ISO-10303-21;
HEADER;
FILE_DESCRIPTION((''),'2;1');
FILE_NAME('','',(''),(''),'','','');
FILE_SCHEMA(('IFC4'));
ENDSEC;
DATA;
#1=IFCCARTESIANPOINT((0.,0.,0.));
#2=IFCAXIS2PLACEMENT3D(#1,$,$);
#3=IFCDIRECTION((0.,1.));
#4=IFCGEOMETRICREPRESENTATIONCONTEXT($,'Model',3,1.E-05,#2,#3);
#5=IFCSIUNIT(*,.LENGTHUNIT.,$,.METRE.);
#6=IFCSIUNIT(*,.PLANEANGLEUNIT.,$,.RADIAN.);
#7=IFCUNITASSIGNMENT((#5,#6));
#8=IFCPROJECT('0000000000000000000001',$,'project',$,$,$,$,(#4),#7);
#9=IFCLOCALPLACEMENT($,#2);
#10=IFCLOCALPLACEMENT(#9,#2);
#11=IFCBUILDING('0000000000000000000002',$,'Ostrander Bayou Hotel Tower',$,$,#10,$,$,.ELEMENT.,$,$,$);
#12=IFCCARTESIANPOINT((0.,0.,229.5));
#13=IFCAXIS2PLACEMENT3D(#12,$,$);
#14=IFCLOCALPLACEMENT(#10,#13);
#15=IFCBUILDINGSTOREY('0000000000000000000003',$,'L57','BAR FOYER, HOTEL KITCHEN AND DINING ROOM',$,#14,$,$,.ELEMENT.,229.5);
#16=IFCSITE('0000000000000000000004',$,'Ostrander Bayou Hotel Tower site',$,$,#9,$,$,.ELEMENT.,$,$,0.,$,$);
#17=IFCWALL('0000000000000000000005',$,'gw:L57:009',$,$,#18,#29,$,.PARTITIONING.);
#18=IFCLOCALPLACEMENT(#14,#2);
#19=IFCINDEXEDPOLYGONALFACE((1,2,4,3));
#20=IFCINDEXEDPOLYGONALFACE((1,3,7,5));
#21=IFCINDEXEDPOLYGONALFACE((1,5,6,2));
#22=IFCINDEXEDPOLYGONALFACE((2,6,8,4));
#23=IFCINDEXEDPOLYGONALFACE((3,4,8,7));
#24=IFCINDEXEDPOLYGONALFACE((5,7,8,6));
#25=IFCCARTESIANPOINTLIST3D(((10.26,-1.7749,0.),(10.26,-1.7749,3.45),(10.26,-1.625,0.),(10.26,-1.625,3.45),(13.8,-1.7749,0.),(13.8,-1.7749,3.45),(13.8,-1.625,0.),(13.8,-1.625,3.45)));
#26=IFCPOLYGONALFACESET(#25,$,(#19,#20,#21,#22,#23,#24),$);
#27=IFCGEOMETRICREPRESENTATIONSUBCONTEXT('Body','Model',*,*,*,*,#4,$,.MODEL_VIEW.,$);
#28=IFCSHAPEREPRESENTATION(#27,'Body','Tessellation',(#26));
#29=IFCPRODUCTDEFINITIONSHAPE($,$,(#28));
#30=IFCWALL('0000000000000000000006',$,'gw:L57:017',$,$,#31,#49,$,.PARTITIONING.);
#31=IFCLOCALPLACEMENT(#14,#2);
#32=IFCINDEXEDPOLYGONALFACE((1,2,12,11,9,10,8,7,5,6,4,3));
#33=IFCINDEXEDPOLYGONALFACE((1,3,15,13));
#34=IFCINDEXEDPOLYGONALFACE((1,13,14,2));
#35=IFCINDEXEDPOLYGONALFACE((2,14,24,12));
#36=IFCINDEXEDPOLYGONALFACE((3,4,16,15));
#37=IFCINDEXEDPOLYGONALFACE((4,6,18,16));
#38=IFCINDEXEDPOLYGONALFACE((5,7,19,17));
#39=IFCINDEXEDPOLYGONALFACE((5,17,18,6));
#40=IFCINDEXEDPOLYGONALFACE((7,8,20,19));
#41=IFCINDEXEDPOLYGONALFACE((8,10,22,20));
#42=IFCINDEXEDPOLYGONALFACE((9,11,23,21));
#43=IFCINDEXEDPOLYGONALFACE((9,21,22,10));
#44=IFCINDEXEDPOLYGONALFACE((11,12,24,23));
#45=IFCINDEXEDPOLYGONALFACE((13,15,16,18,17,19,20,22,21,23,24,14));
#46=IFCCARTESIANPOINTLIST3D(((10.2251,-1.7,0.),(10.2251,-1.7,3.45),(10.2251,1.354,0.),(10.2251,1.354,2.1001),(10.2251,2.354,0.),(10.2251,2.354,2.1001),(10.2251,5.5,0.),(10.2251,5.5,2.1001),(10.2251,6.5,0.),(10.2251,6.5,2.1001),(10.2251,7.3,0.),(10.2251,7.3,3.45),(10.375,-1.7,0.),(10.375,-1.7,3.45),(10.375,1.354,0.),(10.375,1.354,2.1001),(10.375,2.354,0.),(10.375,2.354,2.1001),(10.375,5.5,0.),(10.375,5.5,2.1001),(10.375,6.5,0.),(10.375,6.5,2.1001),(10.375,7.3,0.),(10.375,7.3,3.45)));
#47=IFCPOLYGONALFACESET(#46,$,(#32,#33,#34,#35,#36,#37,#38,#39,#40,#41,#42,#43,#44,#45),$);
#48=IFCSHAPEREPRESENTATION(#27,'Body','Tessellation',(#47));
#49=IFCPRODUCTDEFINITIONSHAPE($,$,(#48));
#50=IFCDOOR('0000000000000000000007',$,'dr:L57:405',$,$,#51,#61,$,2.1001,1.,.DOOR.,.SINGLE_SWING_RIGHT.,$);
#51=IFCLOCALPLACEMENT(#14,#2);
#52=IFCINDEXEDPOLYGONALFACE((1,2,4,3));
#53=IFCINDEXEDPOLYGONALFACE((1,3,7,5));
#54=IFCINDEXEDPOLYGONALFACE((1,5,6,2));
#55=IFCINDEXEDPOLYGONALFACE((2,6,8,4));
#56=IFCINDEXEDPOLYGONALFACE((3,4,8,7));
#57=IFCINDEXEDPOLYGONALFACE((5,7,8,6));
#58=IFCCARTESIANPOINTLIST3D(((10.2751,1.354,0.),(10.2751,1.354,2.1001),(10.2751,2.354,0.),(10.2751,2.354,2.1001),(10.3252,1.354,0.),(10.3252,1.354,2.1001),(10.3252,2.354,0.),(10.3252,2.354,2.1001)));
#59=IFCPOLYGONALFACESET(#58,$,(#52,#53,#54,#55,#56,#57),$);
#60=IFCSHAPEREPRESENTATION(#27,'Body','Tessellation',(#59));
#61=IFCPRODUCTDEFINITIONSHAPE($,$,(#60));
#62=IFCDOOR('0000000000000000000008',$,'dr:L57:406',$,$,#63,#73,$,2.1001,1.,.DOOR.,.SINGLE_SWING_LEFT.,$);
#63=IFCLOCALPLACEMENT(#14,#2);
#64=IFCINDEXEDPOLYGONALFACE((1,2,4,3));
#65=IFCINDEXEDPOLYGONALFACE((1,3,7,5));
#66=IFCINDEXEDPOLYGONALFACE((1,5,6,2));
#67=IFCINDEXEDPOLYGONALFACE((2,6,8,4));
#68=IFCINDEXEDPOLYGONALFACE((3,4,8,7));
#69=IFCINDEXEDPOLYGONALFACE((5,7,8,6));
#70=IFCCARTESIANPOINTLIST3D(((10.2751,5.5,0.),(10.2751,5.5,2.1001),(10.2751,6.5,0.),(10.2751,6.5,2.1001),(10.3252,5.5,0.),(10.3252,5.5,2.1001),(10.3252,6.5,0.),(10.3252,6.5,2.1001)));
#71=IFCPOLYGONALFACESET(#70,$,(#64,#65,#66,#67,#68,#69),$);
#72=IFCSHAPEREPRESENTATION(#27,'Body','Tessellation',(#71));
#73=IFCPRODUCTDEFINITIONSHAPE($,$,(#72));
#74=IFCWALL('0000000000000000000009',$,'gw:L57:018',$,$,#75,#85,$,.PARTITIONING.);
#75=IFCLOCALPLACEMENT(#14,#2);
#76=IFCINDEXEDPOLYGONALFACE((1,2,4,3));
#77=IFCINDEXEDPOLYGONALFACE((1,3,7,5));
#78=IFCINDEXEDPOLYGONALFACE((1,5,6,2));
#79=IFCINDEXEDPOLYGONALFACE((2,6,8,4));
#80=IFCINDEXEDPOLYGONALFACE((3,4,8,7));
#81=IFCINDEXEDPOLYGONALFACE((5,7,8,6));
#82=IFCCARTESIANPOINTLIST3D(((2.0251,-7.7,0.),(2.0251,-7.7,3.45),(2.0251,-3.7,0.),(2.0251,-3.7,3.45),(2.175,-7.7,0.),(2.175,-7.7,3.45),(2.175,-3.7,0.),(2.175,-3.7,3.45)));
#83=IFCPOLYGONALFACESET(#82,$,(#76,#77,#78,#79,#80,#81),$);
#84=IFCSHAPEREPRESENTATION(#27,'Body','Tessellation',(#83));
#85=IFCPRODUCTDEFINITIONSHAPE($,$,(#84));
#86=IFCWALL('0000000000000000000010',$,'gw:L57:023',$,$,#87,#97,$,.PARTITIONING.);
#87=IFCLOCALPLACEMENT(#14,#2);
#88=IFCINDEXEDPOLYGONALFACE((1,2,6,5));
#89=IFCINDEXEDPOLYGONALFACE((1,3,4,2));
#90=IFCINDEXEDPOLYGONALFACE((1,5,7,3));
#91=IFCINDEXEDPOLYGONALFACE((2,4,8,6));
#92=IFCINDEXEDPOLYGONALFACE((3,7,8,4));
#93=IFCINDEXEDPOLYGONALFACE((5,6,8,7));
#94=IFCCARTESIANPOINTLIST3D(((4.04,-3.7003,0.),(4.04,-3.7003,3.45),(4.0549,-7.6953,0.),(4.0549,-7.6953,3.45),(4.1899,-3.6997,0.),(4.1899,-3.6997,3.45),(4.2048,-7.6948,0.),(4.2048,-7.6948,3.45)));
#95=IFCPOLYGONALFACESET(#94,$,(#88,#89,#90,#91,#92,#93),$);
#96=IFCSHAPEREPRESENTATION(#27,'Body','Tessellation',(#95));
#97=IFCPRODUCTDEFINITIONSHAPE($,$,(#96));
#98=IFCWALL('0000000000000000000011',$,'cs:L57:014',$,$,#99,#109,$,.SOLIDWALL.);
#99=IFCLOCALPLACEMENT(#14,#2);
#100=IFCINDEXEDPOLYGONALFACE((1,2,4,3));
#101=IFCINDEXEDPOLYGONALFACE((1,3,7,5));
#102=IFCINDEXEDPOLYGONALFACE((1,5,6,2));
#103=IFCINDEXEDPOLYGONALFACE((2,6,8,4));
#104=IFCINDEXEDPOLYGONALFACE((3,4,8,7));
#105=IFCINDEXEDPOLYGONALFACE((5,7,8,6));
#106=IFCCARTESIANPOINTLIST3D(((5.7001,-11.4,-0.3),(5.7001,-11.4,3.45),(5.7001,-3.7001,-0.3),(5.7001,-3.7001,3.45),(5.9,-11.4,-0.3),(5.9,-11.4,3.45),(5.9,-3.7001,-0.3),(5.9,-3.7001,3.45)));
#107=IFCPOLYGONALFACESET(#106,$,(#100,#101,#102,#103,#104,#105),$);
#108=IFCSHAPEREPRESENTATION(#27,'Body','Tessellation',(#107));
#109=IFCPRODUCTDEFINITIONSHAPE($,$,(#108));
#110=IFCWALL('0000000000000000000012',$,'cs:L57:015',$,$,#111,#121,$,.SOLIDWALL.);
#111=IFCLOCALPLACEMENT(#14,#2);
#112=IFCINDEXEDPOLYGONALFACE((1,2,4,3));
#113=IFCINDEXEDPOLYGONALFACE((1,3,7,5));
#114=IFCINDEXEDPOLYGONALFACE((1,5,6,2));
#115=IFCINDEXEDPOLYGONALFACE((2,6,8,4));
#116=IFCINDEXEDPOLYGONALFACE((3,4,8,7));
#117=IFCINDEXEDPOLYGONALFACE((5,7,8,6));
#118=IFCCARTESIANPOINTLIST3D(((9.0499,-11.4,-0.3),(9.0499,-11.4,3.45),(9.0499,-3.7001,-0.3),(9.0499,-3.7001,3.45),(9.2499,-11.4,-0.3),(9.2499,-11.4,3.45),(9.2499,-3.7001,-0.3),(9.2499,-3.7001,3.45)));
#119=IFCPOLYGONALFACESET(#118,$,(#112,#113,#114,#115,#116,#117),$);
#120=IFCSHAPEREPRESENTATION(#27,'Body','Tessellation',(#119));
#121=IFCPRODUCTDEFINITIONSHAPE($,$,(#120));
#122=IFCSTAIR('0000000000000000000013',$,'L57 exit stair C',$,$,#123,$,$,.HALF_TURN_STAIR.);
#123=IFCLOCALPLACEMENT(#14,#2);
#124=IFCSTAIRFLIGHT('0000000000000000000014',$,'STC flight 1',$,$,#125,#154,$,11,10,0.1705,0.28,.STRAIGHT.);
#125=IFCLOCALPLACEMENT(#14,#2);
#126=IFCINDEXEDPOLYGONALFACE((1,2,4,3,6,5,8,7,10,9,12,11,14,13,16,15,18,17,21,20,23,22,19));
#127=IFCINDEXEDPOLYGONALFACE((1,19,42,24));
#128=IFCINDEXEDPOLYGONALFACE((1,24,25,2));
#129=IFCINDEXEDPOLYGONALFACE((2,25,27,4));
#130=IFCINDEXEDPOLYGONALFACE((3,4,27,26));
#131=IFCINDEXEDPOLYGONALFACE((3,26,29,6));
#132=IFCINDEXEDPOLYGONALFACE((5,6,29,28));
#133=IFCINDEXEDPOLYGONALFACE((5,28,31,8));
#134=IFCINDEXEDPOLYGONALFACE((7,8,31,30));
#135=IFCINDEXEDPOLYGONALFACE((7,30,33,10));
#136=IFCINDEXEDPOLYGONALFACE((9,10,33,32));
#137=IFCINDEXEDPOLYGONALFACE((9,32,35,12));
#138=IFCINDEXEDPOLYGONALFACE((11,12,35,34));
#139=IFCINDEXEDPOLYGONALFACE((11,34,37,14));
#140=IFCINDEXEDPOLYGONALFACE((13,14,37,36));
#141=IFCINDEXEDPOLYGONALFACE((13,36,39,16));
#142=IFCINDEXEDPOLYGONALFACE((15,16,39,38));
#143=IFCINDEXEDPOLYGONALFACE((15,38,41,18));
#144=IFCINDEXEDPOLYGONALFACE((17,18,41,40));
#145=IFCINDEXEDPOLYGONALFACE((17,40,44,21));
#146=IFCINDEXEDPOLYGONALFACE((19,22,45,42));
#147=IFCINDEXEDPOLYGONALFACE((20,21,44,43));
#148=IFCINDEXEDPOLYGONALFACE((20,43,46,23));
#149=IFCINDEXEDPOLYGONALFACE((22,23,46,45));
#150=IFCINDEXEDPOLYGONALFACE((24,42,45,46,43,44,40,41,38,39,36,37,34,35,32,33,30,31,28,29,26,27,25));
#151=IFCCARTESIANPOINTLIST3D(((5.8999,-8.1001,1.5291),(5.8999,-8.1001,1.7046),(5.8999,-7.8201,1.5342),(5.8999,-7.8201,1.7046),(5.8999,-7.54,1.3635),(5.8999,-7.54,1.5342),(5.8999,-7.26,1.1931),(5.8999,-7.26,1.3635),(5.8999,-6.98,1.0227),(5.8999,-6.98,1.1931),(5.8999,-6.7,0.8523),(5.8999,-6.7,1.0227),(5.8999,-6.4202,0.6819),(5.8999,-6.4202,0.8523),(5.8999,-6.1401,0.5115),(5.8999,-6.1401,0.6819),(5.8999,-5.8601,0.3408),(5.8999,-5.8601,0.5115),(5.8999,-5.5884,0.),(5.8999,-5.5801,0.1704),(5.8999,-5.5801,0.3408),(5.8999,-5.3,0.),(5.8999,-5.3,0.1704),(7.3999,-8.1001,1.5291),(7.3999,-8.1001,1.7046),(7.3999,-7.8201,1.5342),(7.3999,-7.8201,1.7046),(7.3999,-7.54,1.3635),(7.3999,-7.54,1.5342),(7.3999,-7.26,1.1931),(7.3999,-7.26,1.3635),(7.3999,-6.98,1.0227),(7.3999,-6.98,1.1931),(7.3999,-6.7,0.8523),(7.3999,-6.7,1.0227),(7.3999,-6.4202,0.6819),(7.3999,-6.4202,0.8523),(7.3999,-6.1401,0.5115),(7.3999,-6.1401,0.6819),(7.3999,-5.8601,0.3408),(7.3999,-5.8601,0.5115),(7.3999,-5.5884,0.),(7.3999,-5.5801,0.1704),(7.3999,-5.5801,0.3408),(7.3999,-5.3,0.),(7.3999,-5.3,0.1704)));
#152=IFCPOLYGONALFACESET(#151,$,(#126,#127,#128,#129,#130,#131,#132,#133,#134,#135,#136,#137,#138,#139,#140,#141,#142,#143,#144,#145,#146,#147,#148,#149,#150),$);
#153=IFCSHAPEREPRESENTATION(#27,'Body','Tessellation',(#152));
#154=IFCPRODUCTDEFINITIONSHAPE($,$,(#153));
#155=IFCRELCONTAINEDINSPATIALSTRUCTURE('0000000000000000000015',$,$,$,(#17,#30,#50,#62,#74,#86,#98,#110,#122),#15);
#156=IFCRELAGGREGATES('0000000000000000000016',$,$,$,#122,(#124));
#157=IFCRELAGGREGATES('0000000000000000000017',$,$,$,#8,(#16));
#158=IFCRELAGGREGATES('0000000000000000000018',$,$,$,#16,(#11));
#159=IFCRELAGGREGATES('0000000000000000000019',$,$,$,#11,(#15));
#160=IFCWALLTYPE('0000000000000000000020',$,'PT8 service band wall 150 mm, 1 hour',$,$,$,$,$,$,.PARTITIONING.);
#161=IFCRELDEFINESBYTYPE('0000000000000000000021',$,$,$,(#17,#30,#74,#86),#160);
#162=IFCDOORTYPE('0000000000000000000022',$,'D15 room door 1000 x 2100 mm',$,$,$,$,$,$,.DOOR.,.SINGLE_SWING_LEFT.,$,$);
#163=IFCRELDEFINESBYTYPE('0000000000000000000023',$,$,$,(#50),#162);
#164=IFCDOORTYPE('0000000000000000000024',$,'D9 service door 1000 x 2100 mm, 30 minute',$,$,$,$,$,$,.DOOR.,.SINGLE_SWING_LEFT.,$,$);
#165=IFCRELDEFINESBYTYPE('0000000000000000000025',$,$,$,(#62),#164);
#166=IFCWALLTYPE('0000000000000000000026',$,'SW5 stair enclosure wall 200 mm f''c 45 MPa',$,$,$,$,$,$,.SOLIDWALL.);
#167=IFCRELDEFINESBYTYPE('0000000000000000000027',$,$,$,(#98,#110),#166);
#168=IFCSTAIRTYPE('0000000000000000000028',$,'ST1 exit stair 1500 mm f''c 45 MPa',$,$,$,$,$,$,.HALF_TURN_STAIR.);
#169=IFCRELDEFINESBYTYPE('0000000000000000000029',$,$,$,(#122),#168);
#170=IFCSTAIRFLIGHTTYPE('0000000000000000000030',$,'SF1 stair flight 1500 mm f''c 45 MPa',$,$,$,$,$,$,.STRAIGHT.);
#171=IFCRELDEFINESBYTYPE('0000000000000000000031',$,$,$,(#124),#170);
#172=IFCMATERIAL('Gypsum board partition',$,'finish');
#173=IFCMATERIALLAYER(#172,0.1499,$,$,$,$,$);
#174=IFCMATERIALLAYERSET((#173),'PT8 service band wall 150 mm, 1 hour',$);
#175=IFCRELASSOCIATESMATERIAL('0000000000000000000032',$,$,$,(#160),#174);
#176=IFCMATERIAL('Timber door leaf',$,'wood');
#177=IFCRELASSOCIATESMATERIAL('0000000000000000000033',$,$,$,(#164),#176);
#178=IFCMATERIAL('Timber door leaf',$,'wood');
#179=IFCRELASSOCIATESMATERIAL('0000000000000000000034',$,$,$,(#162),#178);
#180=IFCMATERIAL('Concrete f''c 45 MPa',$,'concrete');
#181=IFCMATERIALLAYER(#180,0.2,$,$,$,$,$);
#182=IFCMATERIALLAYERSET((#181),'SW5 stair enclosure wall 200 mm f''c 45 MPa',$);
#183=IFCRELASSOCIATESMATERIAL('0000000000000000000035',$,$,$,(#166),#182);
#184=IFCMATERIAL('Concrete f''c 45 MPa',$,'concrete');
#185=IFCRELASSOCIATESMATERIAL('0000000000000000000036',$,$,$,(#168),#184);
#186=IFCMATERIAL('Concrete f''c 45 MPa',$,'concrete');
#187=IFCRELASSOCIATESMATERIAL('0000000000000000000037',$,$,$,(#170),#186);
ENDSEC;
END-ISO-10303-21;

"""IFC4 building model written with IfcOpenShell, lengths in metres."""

from ifc_helpers import new_model, si_unit, direction, frame, frame_2d, origin, place, context, subcontext, project, spatial, polyline, rectangle, outline, extrude, material, layer, layer_set, type_object, element, fill, aggregate, save


model = new_model("IFC4")

# Units and contexts
model_context = context("Model", 3, precision=1e-05, world=origin(), true_north=direction((0.0, 1.0)))
body_context = subcontext(model_context, "Body", "Model", "MODEL_VIEW")
ifc_project = project(units=[si_unit("LENGTHUNIT", "METRE"), si_unit("PLANEANGLEUNIT", "RADIAN")], contexts=[model_context])

# Site, building, storey
site_placement = place(None, origin())
site = spatial("IfcSite", under=ifc_project, at=site_placement, Name="Ostrander Bayou Hotel Tower site", CompositionType="ELEMENT", RefElevation=0.0)
building_placement = place(site_placement, origin())
building = spatial("IfcBuilding", under=site, at=building_placement, Name="Ostrander Bayou Hotel Tower", CompositionType="ELEMENT")
storey_placement = place(building_placement, frame((0.0, 0.0, 229.5)))
storey = spatial("IfcBuildingStorey", under=building, at=storey_placement, Name="L57", Description="BAR FOYER, HOTEL KITCHEN AND DINING ROOM", CompositionType="ELEMENT", Elevation=229.5)

# Shared definitions
ifc_material_1 = material(Name="Gypsum board partition", Category="finish")
ifc_layer_1 = layer(ifc_material_1, 0.1499)
ifc_layer_set_1 = layer_set([ifc_layer_1], Name="PT8 service band wall 150 mm, 1 hour")
wall_type_1 = type_object("IfcWallType", Name="PT8 service band wall 150 mm, 1 hour", PredefinedType="PARTITIONING", material=ifc_layer_set_1)

# Shared definitions
ifc_material_2 = material(Name="Timber door leaf", Category="wood")
door_type_1 = type_object("IfcDoorType", Name="D9 service door 1000 x 2100 mm, 30 minute", OperationType="SINGLE_SWING_LEFT", PredefinedType="DOOR", material=ifc_material_2)

# Wall
wall_1_placement = place(storey_placement, frame((10.26, -1.7, 0.0), z_axis=(0.0, 0.0, 1.0), x_axis=(1.0, 0.0, 0.0)))
element("IfcWall", 1, at=wall_1_placement, inside=storey, type_object=wall_type_1, Name="gw:L57:009", PredefinedType="PARTITIONING", context=body_context, shape_type="SweptSolid", body=[
    extrude(rectangle(XDim=3.54, YDim=0.1499, at=frame_2d((1.77, 0.0))), origin(), (0.0, 0.0, 1.0), 3.45),
])

# Wall, openings, doors
wall_2_placement = place(storey_placement, frame((10.3, -1.7, 0.0), z_axis=(0.0, 0.0, 1.0), x_axis=(0.0, 1.0, 0.0)))
wall_2 = element("IfcWall", 2, at=wall_2_placement, inside=storey, type_object=wall_type_1, Name="gw:L57:017", PredefinedType="PARTITIONING", context=body_context, shape_type="SweptSolid", body=[
    extrude(rectangle(XDim=9.0, YDim=0.1499, at=frame_2d((4.5, 0.0))), origin(), (0.0, 0.0, 1.0), 3.45),
])
opening_1_placement = place(wall_2_placement, frame((3.054, 0.0, 0.0)))
opening_1 = element("IfcOpeningElement", 3, at=opening_1_placement, cuts=wall_2, PredefinedType="OPENING", context=body_context, shape_type="SweptSolid", body=[
    extrude(rectangle(XDim=1.0, YDim=2.1001, at=frame_2d((0.5, 1.05))), frame((0.0, 0.075, 0.0), z_axis=(0.0, -1.0, 0.0), x_axis=(1.0, 0.0, 0.0)), (0.0, 0.0, 1.0), 0.1499),
])
opening_2_placement = place(wall_2_placement, frame((7.2, 0.0, 0.0)))
opening_2 = element("IfcOpeningElement", 4, at=opening_2_placement, cuts=wall_2, PredefinedType="OPENING", context=body_context, shape_type="SweptSolid", body=[
    extrude(rectangle(XDim=1.0, YDim=2.1001, at=frame_2d((0.5, 1.05))), frame((0.0, 0.075, 0.0), z_axis=(0.0, -1.0, 0.0), x_axis=(1.0, 0.0, 0.0)), (0.0, 0.0, 1.0), 0.1499),
])
ifc_material_3 = material(Name="Timber door leaf", Category="wood")
door_type_2 = type_object("IfcDoorType", Name="D15 room door 1000 x 2100 mm", OperationType="SINGLE_SWING_LEFT", PredefinedType="DOOR", material=ifc_material_3)
door_1_placement = place(opening_1_placement, origin())
door_1 = element("IfcDoor", 5, at=door_1_placement, inside=storey, type_object=door_type_2, Name="dr:L57:405", OperationType="SINGLE_SWING_RIGHT", OverallHeight=2.1001, OverallWidth=1.0, PredefinedType="DOOR", context=body_context, shape_type="SweptSolid", body=[
    extrude(rectangle(XDim=1.0, YDim=2.1001, at=frame_2d((0.5, 1.05))), frame((0.0, 0.0249, 0.0), z_axis=(0.0, -1.0, 0.0), x_axis=(1.0, 0.0, 0.0)), (0.0, 0.0, 1.0), 0.05),
])
fill(opening_1, door_1)
door_2_placement = place(opening_2_placement, origin())
door_2 = element("IfcDoor", 6, at=door_2_placement, inside=storey, type_object=door_type_1, Name="dr:L57:406", OperationType="SINGLE_SWING_LEFT", OverallHeight=2.1001, OverallWidth=1.0, PredefinedType="DOOR", context=body_context, shape_type="SweptSolid", body=[
    extrude(rectangle(XDim=1.0, YDim=2.1001, at=frame_2d((0.5, 1.05))), frame((0.0, 0.0249, 0.0), z_axis=(0.0, -1.0, 0.0), x_axis=(1.0, 0.0, 0.0)), (0.0, 0.0, 1.0), 0.05),
])
fill(opening_2, door_2)

# Walls
wall_3_placement = place(storey_placement, frame((2.1001, -7.7, 0.0), z_axis=(0.0, 0.0, 1.0), x_axis=(0.0, 1.0, 0.0)))
element("IfcWall", 7, at=wall_3_placement, inside=storey, type_object=wall_type_1, Name="gw:L57:018", PredefinedType="PARTITIONING", context=body_context, shape_type="SweptSolid", body=[
    extrude(rectangle(XDim=4.0, YDim=0.1499, at=frame_2d((2.0, 0.0))), origin(), (0.0, 0.0, 1.0), 3.45),
])
wall_4_placement = place(storey_placement, frame((4.1299, -7.6951, 0.0), z_axis=(0.0, 0.0, 1.0), x_axis=(-0.003728, 0.999993, 0.0)))
element("IfcWall", 8, at=wall_4_placement, inside=storey, type_object=wall_type_1, Name="gw:L57:023", PredefinedType="PARTITIONING", context=body_context, shape_type="SweptSolid", body=[
    extrude(rectangle(XDim=3.9951, YDim=0.1499, at=frame_2d((1.9976, 0.0))), origin(), (0.0, 0.0, 1.0), 3.45),
])

# Shared definitions
ifc_material_4 = material(Name="Concrete f'c 45 MPa", Category="concrete")
ifc_layer_2 = layer(ifc_material_4, 0.2)
ifc_layer_set_2 = layer_set([ifc_layer_2], Name="SW5 stair enclosure wall 200 mm f'c 45 MPa")
wall_type_2 = type_object("IfcWallType", Name="SW5 stair enclosure wall 200 mm f'c 45 MPa", PredefinedType="SOLIDWALL", material=ifc_layer_set_2)

# Walls
for number, where, z_axis, x_axis, name in (
    (9, (5.8, -3.7, -0.3), (0.0, 0.0, 1.0), (0.0, -1.0, 0.0), "cs:L57:014"),
    (10, (9.1499, -3.7, -0.3), (0.0, 0.0, 1.0), (0.0, -1.0, 0.0), "cs:L57:015"),
):
    element("IfcWall", number, at=place(storey_placement, frame(where, z_axis=z_axis, x_axis=x_axis)), inside=storey, type_object=wall_type_2, Name=name, PredefinedType="SOLIDWALL", context=body_context, shape_type="SweptSolid", body=[
        extrude(rectangle(XDim=7.7, YDim=0.2, at=frame_2d((3.8501, 0.0))), origin(), (0.0, 0.0, 1.0), 3.75),
    ])

# Stair, stair flight
ifc_material_5 = material(Name="Concrete f'c 45 MPa", Category="concrete")
stair_type = type_object("IfcStairType", Name="ST1 exit stair 1500 mm f'c 45 MPa", PredefinedType="HALF_TURN_STAIR", material=ifc_material_5)
stair_placement = place(storey_placement, origin())
stair = element("IfcStair", 11, at=stair_placement, inside=storey, type_object=stair_type, Name="L57 exit stair C", PredefinedType="HALF_TURN_STAIR")
ifc_material_6 = material(Name="Concrete f'c 45 MPa", Category="concrete")
stair_flight_type = type_object("IfcStairFlightType", Name="SF1 stair flight 1500 mm f'c 45 MPa", PredefinedType="STRAIGHT", material=ifc_material_6)
stair_flight_placement = place(storey_placement, frame((6.6499, -5.3, 0.0), z_axis=(0.0, 0.0, 1.0), x_axis=(0.0, -1.0, 0.0)))
stair_flight = element("IfcStairFlight", 12, at=stair_flight_placement, type_object=stair_flight_type, Name="STC flight 1", NumberOfRisers=11, NumberOfTreads=10, PredefinedType="STRAIGHT", RiserHeight=0.1705, TreadLength=0.28, context=body_context, shape_type="SweptSolid", body=[
    extrude(outline(polyline([(0.0, 0.0), (0.0, 0.1704), (0.28, 0.1704), (0.28, 0.3408), (0.5601, 0.3408), (0.5601, 0.5115), (0.8401, 0.5115), (0.8401, 0.6819), (1.1201, 0.6819), (1.1201, 0.8523), (1.3999, 0.8523), (1.3999, 1.0227), (1.6799, 1.0227), (1.6799, 1.1931), (1.96, 1.1931), (1.96, 1.3635), (2.24, 1.3635), (2.24, 1.5342), (2.52, 1.5342), (2.52, 1.7046), (2.8, 1.7046), (2.8, 1.875), (2.8, 1.5291), (0.2883, 0.0), (0.0, 0.0)])), frame((0.0, 0.75, 0.0), z_axis=(0.0, -1.0, 0.0), x_axis=(1.0, 0.0, 0.0)), (0.0, 0.0, 1.0), 1.5),
])
aggregate(stair, [stair_flight])

save(model, "model.ifc")
